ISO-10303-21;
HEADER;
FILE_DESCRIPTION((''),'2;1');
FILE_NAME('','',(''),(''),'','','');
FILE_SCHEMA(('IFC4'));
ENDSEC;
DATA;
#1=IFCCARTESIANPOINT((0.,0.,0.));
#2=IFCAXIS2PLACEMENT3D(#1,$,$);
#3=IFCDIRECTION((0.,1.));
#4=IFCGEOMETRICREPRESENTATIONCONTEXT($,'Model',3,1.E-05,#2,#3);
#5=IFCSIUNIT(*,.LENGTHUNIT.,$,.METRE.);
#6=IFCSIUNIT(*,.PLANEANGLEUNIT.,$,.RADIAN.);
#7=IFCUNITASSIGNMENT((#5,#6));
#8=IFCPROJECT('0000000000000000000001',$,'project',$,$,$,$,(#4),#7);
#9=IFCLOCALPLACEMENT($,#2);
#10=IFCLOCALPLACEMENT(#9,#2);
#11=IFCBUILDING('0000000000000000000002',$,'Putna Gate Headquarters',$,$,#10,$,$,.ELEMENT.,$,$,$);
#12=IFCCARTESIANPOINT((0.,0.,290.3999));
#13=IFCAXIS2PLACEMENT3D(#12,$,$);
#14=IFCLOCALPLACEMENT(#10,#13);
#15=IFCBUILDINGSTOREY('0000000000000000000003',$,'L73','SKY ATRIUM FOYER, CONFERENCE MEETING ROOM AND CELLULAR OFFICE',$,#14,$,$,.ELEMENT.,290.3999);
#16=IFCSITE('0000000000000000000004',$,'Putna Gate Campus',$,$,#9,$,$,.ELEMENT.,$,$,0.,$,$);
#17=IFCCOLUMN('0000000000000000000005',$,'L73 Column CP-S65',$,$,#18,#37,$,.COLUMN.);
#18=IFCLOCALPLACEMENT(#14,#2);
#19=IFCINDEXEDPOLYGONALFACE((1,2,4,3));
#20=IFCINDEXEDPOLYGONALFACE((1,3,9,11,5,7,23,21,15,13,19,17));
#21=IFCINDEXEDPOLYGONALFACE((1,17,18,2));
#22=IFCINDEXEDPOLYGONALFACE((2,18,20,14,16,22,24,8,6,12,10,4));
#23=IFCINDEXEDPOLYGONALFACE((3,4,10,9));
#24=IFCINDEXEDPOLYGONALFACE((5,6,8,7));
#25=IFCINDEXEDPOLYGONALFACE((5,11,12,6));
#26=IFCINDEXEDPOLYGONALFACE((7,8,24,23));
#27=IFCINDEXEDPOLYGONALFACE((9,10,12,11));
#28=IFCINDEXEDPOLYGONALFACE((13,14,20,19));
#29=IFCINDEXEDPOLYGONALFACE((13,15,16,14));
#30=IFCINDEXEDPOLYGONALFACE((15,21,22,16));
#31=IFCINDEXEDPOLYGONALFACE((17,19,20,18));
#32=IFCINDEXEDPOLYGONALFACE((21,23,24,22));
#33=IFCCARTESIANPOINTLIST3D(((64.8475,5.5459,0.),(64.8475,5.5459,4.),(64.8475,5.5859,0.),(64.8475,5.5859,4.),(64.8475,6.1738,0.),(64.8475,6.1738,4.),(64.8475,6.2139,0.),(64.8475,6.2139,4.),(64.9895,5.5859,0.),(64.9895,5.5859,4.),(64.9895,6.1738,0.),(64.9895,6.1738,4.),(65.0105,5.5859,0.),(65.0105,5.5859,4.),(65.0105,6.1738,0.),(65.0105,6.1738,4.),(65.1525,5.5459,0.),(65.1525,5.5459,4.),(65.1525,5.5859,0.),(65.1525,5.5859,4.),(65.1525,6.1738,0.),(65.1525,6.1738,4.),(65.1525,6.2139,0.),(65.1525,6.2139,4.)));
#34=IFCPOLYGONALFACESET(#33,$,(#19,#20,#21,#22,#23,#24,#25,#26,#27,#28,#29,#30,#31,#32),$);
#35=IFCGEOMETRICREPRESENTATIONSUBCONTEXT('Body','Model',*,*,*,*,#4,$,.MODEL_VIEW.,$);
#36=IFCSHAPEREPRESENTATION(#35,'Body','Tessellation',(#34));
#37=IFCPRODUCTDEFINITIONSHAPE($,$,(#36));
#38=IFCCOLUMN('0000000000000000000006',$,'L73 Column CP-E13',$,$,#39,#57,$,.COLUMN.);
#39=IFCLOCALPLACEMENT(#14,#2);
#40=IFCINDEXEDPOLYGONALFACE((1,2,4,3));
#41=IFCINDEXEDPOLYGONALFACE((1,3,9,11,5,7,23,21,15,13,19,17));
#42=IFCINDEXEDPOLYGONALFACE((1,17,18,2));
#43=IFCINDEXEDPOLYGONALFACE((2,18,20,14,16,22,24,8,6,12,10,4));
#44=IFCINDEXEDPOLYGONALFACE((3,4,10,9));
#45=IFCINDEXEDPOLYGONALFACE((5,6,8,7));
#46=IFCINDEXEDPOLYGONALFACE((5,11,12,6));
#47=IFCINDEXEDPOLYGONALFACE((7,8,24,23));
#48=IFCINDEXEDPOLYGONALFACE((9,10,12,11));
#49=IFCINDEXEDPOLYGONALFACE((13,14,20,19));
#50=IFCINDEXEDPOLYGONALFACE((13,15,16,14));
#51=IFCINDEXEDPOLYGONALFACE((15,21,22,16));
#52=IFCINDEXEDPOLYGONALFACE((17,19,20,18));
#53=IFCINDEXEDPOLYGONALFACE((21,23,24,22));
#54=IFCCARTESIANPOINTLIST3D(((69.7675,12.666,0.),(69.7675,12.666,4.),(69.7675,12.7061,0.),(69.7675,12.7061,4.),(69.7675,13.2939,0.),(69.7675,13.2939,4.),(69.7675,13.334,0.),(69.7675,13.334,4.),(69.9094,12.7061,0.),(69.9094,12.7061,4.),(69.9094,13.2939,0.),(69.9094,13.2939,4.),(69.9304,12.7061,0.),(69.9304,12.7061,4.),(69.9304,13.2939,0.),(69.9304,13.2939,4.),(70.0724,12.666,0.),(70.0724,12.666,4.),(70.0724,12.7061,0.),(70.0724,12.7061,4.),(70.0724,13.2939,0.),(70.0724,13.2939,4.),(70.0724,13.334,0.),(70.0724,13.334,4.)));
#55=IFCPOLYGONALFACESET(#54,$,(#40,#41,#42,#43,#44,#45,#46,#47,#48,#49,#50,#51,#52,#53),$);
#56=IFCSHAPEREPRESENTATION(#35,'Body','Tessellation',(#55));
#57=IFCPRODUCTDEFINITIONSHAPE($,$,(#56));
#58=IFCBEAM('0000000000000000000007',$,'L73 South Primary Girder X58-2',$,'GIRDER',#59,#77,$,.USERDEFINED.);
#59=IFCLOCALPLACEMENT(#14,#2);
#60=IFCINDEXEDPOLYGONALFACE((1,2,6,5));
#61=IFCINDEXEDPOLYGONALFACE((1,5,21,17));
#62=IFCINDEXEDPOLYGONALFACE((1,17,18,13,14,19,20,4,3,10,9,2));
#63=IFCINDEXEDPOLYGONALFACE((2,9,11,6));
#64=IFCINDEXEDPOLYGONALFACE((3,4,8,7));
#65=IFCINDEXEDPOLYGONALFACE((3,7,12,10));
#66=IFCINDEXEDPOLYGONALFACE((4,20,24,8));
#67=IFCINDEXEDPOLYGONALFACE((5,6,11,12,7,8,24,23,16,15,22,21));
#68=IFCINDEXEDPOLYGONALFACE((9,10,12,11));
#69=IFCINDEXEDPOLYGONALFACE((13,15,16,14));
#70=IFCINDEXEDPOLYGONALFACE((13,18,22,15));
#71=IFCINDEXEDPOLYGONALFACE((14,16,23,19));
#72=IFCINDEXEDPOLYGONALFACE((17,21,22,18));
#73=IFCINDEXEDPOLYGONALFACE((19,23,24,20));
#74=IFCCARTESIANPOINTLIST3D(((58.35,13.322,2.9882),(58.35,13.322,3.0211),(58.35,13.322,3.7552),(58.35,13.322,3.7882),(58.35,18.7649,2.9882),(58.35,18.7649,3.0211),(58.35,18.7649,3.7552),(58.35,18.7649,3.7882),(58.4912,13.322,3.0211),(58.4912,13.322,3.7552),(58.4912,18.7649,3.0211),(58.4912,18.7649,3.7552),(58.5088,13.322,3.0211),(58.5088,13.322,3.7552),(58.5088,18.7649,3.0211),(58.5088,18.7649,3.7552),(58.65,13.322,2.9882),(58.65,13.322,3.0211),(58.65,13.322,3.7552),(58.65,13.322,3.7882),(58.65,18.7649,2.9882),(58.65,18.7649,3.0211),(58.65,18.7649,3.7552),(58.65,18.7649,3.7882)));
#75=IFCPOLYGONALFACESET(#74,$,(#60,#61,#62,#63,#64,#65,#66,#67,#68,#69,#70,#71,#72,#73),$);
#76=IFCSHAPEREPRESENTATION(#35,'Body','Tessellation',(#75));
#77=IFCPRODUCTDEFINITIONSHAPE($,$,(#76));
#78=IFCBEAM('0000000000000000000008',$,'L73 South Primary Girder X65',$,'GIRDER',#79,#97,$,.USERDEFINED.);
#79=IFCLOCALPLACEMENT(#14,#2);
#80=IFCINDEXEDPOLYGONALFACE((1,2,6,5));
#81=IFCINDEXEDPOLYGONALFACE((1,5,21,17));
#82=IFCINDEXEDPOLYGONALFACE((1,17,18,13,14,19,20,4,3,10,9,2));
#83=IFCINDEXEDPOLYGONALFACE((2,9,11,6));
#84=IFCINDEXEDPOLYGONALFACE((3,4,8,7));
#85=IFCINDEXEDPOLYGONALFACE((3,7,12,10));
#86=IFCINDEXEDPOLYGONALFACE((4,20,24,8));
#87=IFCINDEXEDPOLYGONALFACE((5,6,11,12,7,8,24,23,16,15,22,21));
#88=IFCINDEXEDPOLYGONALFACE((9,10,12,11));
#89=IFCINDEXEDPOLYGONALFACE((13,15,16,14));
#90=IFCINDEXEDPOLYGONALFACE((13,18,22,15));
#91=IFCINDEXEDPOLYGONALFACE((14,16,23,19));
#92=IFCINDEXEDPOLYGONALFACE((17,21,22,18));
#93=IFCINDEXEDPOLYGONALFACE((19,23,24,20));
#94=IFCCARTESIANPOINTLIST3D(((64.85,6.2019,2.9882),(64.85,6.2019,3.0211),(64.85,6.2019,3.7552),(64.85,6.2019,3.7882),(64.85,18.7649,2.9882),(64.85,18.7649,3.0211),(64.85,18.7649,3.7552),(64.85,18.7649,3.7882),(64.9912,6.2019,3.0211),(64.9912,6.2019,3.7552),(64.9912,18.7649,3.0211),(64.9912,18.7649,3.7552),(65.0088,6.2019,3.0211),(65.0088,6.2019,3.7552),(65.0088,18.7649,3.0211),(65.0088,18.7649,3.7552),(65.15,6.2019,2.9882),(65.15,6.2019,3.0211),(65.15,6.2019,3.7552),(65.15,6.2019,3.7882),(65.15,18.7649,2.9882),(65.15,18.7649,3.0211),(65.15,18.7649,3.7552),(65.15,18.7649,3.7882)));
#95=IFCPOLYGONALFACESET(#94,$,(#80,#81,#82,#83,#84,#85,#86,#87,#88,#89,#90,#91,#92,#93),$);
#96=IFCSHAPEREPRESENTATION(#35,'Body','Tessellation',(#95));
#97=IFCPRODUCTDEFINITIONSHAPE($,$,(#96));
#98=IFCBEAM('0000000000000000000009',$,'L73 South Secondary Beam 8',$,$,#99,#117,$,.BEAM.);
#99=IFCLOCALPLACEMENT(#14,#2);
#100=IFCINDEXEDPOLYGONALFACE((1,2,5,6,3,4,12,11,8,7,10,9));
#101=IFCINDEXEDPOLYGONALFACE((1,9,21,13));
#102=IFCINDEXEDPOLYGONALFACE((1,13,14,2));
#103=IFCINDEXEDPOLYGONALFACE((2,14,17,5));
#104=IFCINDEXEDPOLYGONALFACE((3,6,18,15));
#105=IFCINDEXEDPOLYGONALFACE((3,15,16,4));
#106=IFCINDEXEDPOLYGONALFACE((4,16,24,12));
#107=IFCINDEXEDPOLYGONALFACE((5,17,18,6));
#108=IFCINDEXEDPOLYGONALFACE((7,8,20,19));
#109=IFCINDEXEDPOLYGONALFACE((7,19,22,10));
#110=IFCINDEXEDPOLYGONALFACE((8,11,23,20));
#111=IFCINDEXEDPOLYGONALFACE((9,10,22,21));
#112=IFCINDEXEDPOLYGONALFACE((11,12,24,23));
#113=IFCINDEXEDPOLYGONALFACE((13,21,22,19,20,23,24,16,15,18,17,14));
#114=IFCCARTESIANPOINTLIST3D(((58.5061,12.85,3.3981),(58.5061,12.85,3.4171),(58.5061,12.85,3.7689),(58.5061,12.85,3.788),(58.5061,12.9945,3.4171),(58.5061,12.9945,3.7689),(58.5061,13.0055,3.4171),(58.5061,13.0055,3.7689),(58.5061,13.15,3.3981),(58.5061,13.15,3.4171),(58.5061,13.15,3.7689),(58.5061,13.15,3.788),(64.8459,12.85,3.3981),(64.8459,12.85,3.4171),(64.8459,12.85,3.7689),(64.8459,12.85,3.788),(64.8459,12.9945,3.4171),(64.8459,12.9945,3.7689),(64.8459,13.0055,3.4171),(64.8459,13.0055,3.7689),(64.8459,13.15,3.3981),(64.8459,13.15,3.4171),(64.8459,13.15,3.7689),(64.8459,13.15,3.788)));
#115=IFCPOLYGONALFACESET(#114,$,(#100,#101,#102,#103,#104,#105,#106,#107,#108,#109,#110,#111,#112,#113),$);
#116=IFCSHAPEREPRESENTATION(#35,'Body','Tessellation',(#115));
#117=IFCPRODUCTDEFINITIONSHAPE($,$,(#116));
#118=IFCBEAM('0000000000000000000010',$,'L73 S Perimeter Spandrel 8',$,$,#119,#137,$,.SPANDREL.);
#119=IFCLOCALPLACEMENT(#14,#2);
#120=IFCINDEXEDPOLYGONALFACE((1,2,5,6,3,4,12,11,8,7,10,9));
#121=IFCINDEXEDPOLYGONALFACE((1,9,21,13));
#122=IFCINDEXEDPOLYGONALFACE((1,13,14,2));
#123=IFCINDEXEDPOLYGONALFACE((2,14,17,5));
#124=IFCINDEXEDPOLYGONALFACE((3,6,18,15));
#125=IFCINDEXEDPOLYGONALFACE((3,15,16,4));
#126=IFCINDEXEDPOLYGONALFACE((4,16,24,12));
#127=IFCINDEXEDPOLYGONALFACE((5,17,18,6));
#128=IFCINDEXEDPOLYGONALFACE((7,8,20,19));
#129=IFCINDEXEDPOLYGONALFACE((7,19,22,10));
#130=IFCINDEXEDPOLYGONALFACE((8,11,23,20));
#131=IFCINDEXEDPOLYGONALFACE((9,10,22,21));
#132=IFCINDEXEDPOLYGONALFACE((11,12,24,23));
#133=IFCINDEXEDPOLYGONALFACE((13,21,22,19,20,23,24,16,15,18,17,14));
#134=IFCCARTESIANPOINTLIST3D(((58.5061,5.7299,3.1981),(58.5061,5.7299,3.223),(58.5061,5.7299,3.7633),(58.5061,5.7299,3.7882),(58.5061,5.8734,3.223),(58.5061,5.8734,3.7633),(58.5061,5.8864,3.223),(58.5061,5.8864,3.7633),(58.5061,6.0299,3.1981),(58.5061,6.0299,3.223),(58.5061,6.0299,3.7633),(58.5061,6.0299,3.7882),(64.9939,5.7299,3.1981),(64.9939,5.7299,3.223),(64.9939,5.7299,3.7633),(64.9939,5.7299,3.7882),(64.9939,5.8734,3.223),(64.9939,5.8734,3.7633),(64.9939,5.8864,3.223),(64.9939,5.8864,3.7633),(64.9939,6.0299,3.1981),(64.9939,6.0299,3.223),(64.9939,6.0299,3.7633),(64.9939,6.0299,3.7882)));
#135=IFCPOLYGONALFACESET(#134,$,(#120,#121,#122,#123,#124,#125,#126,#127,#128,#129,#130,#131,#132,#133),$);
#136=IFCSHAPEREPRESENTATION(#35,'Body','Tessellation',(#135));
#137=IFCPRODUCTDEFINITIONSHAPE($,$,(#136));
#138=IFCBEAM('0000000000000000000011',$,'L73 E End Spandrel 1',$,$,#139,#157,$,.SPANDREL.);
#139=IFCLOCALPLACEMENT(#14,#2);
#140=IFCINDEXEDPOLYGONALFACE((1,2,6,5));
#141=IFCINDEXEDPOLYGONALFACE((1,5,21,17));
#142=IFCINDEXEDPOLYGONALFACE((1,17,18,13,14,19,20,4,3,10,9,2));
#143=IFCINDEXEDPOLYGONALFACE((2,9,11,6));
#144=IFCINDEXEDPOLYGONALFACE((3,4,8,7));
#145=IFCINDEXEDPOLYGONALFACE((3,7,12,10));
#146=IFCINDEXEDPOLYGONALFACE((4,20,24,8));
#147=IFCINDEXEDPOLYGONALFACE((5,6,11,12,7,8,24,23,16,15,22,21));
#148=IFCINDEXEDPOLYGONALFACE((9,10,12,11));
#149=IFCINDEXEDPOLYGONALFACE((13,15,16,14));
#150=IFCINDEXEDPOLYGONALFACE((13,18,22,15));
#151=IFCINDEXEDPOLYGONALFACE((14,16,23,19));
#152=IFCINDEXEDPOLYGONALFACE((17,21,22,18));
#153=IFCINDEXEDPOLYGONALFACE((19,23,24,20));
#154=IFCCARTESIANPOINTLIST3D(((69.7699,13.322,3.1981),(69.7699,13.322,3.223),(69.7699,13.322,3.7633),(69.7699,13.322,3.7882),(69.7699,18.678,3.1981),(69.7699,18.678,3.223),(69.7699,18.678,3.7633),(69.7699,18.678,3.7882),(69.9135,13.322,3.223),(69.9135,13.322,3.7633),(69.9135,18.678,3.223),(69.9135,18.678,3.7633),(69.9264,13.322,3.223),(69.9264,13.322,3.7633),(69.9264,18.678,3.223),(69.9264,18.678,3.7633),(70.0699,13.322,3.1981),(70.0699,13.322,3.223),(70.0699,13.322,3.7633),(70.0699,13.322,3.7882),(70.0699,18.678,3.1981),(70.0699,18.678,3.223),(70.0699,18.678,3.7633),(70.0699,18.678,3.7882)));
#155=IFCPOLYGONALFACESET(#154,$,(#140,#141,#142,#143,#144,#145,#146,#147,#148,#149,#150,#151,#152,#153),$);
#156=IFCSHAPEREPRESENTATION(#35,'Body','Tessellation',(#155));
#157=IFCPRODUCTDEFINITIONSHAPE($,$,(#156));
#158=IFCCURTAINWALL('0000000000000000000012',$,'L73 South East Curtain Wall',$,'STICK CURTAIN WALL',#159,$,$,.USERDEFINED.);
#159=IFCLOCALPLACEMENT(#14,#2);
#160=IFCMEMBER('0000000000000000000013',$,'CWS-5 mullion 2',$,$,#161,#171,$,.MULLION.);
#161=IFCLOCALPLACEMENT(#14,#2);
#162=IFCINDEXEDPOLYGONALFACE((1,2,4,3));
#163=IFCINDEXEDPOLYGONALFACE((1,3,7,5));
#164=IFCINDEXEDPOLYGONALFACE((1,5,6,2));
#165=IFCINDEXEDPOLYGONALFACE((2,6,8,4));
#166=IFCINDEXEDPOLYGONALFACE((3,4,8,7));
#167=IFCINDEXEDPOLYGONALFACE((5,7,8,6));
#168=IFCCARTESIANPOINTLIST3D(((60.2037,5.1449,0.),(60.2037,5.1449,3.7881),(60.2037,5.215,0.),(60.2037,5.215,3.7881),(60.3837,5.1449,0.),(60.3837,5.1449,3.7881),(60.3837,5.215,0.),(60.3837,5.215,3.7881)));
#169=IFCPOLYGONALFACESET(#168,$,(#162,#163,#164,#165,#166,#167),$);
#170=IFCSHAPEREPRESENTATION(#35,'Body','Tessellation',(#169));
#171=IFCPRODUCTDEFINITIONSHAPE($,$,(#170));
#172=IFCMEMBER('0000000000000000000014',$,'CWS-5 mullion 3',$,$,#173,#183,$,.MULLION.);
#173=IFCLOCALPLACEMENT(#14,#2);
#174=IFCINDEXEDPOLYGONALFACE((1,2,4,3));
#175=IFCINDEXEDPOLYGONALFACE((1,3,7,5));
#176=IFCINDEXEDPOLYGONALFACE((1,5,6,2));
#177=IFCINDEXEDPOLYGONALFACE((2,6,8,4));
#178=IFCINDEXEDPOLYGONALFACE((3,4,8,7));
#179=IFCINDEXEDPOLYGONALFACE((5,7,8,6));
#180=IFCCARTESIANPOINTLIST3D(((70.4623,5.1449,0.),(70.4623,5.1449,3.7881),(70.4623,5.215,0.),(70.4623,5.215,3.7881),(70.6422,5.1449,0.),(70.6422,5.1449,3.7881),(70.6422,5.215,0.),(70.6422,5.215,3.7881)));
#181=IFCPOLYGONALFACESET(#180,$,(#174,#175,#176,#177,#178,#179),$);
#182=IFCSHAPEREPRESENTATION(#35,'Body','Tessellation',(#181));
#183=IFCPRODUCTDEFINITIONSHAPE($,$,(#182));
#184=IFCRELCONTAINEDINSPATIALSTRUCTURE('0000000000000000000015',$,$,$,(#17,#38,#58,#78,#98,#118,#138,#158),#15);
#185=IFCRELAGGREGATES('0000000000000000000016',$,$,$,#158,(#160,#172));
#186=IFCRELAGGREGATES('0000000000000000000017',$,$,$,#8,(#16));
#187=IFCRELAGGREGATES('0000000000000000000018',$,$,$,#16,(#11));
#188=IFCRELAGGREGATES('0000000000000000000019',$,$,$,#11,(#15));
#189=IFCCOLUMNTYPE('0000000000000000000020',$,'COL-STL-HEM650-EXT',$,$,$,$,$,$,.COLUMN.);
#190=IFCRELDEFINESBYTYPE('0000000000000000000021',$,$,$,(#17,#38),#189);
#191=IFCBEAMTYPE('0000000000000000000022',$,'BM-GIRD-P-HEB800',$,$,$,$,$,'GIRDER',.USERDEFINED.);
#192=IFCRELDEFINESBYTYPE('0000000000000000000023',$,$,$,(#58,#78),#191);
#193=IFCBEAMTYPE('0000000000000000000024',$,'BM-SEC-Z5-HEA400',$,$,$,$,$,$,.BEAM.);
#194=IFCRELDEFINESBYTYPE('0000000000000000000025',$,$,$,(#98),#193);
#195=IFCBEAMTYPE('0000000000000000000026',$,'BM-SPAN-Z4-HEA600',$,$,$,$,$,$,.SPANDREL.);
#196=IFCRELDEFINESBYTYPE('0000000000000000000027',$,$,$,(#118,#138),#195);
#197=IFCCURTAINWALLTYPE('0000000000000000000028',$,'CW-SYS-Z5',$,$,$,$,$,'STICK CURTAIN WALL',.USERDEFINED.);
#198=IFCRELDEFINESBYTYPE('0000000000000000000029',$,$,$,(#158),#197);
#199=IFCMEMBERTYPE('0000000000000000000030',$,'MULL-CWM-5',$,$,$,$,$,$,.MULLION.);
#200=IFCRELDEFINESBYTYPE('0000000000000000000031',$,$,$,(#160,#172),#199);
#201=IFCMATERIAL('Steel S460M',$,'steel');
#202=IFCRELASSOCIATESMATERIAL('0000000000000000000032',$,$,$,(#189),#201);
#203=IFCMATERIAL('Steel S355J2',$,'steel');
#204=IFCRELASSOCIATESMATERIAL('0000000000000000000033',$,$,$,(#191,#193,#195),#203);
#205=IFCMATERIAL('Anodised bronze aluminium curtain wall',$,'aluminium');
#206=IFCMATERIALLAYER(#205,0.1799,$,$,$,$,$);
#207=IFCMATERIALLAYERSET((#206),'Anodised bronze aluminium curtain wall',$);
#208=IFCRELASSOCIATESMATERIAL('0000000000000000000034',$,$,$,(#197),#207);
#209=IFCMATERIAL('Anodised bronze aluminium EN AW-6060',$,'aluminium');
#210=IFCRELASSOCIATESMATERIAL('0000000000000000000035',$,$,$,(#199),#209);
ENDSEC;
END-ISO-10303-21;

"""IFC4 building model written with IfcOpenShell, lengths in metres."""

from ifc_helpers import new_model, si_unit, direction, frame, origin, origin_2d, place, context, subcontext, project, spatial, rectangle, i_section, extrude, material, layer, layer_set, material_profile, profile_set, type_object, element, aggregate, save


model = new_model("IFC4")

# Units and contexts
model_context = context("Model", 3, precision=1e-05, world=origin(), true_north=direction((0.0, 1.0)))
body_context = subcontext(model_context, "Body", "Model", "MODEL_VIEW")
ifc_project = project(units=[si_unit("LENGTHUNIT", "METRE"), si_unit("PLANEANGLEUNIT", "RADIAN")], contexts=[model_context])

# Site, building, storey
site_placement = place(None, origin())
site = spatial("IfcSite", under=ifc_project, at=site_placement, Name="Putna Gate Campus", CompositionType="ELEMENT", RefElevation=0.0)
building_placement = place(site_placement, origin())
building = spatial("IfcBuilding", under=site, at=building_placement, Name="Putna Gate Headquarters", CompositionType="ELEMENT")
storey_placement = place(building_placement, frame((0.0, 0.0, 290.3999)))
storey = spatial("IfcBuildingStorey", under=building, at=storey_placement, Name="L73", Description="SKY ATRIUM FOYER, CONFERENCE MEETING ROOM AND CELLULAR OFFICE", CompositionType="ELEMENT", Elevation=290.3999)

# Columns
ifc_material_1 = material(Name="Steel S460M", Category="steel")
ifc_material_profile_1 = material_profile(ifc_material_1, i_section(OverallWidth=0.3049, OverallDepth=0.668, WebThickness=0.021, FlangeThickness=0.04, at=origin_2d()), Name="Steel S460M")
ifc_profile_set_1 = profile_set([ifc_material_profile_1], Name="Steel S460M")
column_type = type_object("IfcColumnType", Name="COL-STL-HEM650-EXT", PredefinedType="COLUMN", material=ifc_profile_set_1)
for number, where, z_axis, x_axis, name in (
    (1, (65.0, 5.8799, 0.0), (0.0, 0.0, 1.0), (1.0, 0.0, 0.0), "L73 Column CP-S65"),
    (2, (69.9199, 13.0, 0.0), (0.0, 0.0, 1.0), (1.0, 0.0, 0.0), "L73 Column CP-E13"),
):
    element("IfcColumn", number, at=place(storey_placement, frame(where, z_axis=z_axis, x_axis=x_axis)), inside=storey, type_object=column_type, Name=name, PredefinedType="COLUMN", context=body_context, shape_type="SweptSolid", body=[
        extrude(i_section(OverallWidth=0.3049, OverallDepth=0.668, WebThickness=0.021, FlangeThickness=0.04, at=origin_2d()), origin(), (0.0, 0.0, 1.0), 4.0),
    ])

# Beams
ifc_material_2 = material(Name="Steel S355J2", Category="steel")
ifc_material_profile_2 = material_profile(ifc_material_2, i_section(OverallWidth=0.3, OverallDepth=0.8, WebThickness=0.0176, FlangeThickness=0.033, at=origin_2d()), Name="Steel S355J2")
ifc_profile_set_2 = profile_set([ifc_material_profile_2], Name="Steel S355J2")
beam_type_1 = type_object("IfcBeamType", Name="BM-GIRD-P-HEB800", ElementType="GIRDER", PredefinedType="USERDEFINED", material=ifc_profile_set_2)
beam_1_placement = place(storey_placement, frame((58.5, 13.322, 3.3882), z_axis=(0.0, 1.0, 0.0), x_axis=(-1.0, 0.0, 0.0)))
element("IfcBeam", 3, at=beam_1_placement, inside=storey, type_object=beam_type_1, Name="L73 South Primary Girder X58-2", ObjectType="GIRDER", PredefinedType="USERDEFINED", context=body_context, shape_type="SweptSolid", body=[
    extrude(i_section(OverallWidth=0.3, OverallDepth=0.8, WebThickness=0.0176, FlangeThickness=0.033, at=origin_2d()), origin(), (0.0, 0.0, 1.0), 5.4429),
])
beam_2_placement = place(storey_placement, frame((65.0, 6.2019, 3.3882), z_axis=(0.0, 1.0, 0.0), x_axis=(-1.0, 0.0, 0.0)))
element("IfcBeam", 4, at=beam_2_placement, inside=storey, type_object=beam_type_1, Name="L73 South Primary Girder X65", ObjectType="GIRDER", PredefinedType="USERDEFINED", context=body_context, shape_type="SweptSolid", body=[
    extrude(i_section(OverallWidth=0.3, OverallDepth=0.8, WebThickness=0.0176, FlangeThickness=0.033, at=origin_2d()), origin(), (0.0, 0.0, 1.0), 12.563),
])
ifc_material_profile_3 = material_profile(ifc_material_2, i_section(OverallWidth=0.3, OverallDepth=0.3899, WebThickness=0.011, FlangeThickness=0.019, at=origin_2d()), Name="Steel S355J2")
ifc_profile_set_3 = profile_set([ifc_material_profile_3], Name="Steel S355J2")
beam_type_2 = type_object("IfcBeamType", Name="BM-SEC-Z5-HEA400", PredefinedType="BEAM", material=ifc_profile_set_3)
beam_3_placement = place(storey_placement, frame((58.5061, 13.0, 3.593), z_axis=(1.0, 0.0, 0.0), x_axis=(0.0, 1.0, 0.0)))
element("IfcBeam", 5, at=beam_3_placement, inside=storey, type_object=beam_type_2, Name="L73 South Secondary Beam 8", PredefinedType="BEAM", context=body_context, shape_type="SweptSolid", body=[
    extrude(i_section(OverallWidth=0.3, OverallDepth=0.3899, WebThickness=0.011, FlangeThickness=0.019, at=origin_2d()), origin(), (0.0, 0.0, 1.0), 6.3398),
])
ifc_material_profile_4 = material_profile(ifc_material_2, i_section(OverallWidth=0.3, OverallDepth=0.5901, WebThickness=0.0129, FlangeThickness=0.0249, at=origin_2d()), Name="Steel S355J2")
ifc_profile_set_4 = profile_set([ifc_material_profile_4], Name="Steel S355J2")
beam_type_3 = type_object("IfcBeamType", Name="BM-SPAN-Z4-HEA600", PredefinedType="SPANDREL", material=ifc_profile_set_4)
beam_4_placement = place(storey_placement, frame((58.5061, 5.8799, 3.4932), z_axis=(1.0, 0.0, 0.0), x_axis=(0.0, 1.0, 0.0)))
element("IfcBeam", 6, at=beam_4_placement, inside=storey, type_object=beam_type_3, Name="L73 S Perimeter Spandrel 8", PredefinedType="SPANDREL", context=body_context, shape_type="SweptSolid", body=[
    extrude(i_section(OverallWidth=0.3, OverallDepth=0.5901, WebThickness=0.0129, FlangeThickness=0.0249, at=origin_2d()), origin(), (0.0, 0.0, 1.0), 6.4878),
])
beam_5_placement = place(storey_placement, frame((69.9199, 13.322, 3.4932), z_axis=(0.0, 1.0, 0.0), x_axis=(-1.0, 0.0, 0.0)))
element("IfcBeam", 7, at=beam_5_placement, inside=storey, type_object=beam_type_3, Name="L73 E End Spandrel 1", PredefinedType="SPANDREL", context=body_context, shape_type="SweptSolid", body=[
    extrude(i_section(OverallWidth=0.3, OverallDepth=0.5901, WebThickness=0.0129, FlangeThickness=0.0249, at=origin_2d()), origin(), (0.0, 0.0, 1.0), 5.356),
])

# Curtain wall, members
ifc_material_3 = material(Name="Anodised bronze aluminium curtain wall", Category="aluminium")
ifc_layer_1 = layer(ifc_material_3, 0.1799)
ifc_layer_set_1 = layer_set([ifc_layer_1], Name="Anodised bronze aluminium curtain wall")
curtain_wall_type = type_object("IfcCurtainWallType", Name="CW-SYS-Z5", ElementType="STICK CURTAIN WALL", PredefinedType="USERDEFINED", material=ifc_layer_set_1)
curtain_wall_1_placement = place(storey_placement, origin())
curtain_wall_1 = element("IfcCurtainWall", 8, at=curtain_wall_1_placement, inside=storey, type_object=curtain_wall_type, Name="L73 South East Curtain Wall", ObjectType="STICK CURTAIN WALL", PredefinedType="USERDEFINED")
ifc_material_4 = material(Name="Anodised bronze aluminium EN AW-6060", Category="aluminium")
ifc_material_profile_5 = material_profile(ifc_material_4, rectangle(XDim=0.0701, YDim=0.1799, at=origin_2d()), Name="Anodised bronze aluminium EN AW-6060")
ifc_profile_set_5 = profile_set([ifc_material_profile_5], Name="Anodised bronze aluminium EN AW-6060")
member_type_1 = type_object("IfcMemberType", Name="MULL-CWM-5", PredefinedType="MULLION", material=ifc_profile_set_5)
member_1_placement = place(storey_placement, frame((60.2937, 5.1799, 0.0), z_axis=(0.0, 0.0, 1.0), x_axis=(0.0, 1.0, 0.0)))
member_1 = element("IfcMember", 9, at=member_1_placement, type_object=member_type_1, Name="CWS-5 mullion 2", PredefinedType="MULLION", context=body_context, shape_type="SweptSolid", body=[
    extrude(rectangle(XDim=0.0701, YDim=0.1799, at=origin_2d()), origin(), (0.0, 0.0, 1.0), 3.7881),
])
member_2_placement = place(storey_placement, frame((70.5522, 5.1799, 0.0), z_axis=(0.0, 0.0, 1.0), x_axis=(0.0, 1.0, 0.0)))
member_2 = element("IfcMember", 10, at=member_2_placement, type_object=member_type_1, Name="CWS-5 mullion 3", PredefinedType="MULLION", context=body_context, shape_type="SweptSolid", body=[
    extrude(rectangle(XDim=0.0701, YDim=0.1799, at=origin_2d()), origin(), (0.0, 0.0, 1.0), 3.7881),
])

aggregate(curtain_wall_1, [member_1, member_2])

save(model, "model.ifc")
